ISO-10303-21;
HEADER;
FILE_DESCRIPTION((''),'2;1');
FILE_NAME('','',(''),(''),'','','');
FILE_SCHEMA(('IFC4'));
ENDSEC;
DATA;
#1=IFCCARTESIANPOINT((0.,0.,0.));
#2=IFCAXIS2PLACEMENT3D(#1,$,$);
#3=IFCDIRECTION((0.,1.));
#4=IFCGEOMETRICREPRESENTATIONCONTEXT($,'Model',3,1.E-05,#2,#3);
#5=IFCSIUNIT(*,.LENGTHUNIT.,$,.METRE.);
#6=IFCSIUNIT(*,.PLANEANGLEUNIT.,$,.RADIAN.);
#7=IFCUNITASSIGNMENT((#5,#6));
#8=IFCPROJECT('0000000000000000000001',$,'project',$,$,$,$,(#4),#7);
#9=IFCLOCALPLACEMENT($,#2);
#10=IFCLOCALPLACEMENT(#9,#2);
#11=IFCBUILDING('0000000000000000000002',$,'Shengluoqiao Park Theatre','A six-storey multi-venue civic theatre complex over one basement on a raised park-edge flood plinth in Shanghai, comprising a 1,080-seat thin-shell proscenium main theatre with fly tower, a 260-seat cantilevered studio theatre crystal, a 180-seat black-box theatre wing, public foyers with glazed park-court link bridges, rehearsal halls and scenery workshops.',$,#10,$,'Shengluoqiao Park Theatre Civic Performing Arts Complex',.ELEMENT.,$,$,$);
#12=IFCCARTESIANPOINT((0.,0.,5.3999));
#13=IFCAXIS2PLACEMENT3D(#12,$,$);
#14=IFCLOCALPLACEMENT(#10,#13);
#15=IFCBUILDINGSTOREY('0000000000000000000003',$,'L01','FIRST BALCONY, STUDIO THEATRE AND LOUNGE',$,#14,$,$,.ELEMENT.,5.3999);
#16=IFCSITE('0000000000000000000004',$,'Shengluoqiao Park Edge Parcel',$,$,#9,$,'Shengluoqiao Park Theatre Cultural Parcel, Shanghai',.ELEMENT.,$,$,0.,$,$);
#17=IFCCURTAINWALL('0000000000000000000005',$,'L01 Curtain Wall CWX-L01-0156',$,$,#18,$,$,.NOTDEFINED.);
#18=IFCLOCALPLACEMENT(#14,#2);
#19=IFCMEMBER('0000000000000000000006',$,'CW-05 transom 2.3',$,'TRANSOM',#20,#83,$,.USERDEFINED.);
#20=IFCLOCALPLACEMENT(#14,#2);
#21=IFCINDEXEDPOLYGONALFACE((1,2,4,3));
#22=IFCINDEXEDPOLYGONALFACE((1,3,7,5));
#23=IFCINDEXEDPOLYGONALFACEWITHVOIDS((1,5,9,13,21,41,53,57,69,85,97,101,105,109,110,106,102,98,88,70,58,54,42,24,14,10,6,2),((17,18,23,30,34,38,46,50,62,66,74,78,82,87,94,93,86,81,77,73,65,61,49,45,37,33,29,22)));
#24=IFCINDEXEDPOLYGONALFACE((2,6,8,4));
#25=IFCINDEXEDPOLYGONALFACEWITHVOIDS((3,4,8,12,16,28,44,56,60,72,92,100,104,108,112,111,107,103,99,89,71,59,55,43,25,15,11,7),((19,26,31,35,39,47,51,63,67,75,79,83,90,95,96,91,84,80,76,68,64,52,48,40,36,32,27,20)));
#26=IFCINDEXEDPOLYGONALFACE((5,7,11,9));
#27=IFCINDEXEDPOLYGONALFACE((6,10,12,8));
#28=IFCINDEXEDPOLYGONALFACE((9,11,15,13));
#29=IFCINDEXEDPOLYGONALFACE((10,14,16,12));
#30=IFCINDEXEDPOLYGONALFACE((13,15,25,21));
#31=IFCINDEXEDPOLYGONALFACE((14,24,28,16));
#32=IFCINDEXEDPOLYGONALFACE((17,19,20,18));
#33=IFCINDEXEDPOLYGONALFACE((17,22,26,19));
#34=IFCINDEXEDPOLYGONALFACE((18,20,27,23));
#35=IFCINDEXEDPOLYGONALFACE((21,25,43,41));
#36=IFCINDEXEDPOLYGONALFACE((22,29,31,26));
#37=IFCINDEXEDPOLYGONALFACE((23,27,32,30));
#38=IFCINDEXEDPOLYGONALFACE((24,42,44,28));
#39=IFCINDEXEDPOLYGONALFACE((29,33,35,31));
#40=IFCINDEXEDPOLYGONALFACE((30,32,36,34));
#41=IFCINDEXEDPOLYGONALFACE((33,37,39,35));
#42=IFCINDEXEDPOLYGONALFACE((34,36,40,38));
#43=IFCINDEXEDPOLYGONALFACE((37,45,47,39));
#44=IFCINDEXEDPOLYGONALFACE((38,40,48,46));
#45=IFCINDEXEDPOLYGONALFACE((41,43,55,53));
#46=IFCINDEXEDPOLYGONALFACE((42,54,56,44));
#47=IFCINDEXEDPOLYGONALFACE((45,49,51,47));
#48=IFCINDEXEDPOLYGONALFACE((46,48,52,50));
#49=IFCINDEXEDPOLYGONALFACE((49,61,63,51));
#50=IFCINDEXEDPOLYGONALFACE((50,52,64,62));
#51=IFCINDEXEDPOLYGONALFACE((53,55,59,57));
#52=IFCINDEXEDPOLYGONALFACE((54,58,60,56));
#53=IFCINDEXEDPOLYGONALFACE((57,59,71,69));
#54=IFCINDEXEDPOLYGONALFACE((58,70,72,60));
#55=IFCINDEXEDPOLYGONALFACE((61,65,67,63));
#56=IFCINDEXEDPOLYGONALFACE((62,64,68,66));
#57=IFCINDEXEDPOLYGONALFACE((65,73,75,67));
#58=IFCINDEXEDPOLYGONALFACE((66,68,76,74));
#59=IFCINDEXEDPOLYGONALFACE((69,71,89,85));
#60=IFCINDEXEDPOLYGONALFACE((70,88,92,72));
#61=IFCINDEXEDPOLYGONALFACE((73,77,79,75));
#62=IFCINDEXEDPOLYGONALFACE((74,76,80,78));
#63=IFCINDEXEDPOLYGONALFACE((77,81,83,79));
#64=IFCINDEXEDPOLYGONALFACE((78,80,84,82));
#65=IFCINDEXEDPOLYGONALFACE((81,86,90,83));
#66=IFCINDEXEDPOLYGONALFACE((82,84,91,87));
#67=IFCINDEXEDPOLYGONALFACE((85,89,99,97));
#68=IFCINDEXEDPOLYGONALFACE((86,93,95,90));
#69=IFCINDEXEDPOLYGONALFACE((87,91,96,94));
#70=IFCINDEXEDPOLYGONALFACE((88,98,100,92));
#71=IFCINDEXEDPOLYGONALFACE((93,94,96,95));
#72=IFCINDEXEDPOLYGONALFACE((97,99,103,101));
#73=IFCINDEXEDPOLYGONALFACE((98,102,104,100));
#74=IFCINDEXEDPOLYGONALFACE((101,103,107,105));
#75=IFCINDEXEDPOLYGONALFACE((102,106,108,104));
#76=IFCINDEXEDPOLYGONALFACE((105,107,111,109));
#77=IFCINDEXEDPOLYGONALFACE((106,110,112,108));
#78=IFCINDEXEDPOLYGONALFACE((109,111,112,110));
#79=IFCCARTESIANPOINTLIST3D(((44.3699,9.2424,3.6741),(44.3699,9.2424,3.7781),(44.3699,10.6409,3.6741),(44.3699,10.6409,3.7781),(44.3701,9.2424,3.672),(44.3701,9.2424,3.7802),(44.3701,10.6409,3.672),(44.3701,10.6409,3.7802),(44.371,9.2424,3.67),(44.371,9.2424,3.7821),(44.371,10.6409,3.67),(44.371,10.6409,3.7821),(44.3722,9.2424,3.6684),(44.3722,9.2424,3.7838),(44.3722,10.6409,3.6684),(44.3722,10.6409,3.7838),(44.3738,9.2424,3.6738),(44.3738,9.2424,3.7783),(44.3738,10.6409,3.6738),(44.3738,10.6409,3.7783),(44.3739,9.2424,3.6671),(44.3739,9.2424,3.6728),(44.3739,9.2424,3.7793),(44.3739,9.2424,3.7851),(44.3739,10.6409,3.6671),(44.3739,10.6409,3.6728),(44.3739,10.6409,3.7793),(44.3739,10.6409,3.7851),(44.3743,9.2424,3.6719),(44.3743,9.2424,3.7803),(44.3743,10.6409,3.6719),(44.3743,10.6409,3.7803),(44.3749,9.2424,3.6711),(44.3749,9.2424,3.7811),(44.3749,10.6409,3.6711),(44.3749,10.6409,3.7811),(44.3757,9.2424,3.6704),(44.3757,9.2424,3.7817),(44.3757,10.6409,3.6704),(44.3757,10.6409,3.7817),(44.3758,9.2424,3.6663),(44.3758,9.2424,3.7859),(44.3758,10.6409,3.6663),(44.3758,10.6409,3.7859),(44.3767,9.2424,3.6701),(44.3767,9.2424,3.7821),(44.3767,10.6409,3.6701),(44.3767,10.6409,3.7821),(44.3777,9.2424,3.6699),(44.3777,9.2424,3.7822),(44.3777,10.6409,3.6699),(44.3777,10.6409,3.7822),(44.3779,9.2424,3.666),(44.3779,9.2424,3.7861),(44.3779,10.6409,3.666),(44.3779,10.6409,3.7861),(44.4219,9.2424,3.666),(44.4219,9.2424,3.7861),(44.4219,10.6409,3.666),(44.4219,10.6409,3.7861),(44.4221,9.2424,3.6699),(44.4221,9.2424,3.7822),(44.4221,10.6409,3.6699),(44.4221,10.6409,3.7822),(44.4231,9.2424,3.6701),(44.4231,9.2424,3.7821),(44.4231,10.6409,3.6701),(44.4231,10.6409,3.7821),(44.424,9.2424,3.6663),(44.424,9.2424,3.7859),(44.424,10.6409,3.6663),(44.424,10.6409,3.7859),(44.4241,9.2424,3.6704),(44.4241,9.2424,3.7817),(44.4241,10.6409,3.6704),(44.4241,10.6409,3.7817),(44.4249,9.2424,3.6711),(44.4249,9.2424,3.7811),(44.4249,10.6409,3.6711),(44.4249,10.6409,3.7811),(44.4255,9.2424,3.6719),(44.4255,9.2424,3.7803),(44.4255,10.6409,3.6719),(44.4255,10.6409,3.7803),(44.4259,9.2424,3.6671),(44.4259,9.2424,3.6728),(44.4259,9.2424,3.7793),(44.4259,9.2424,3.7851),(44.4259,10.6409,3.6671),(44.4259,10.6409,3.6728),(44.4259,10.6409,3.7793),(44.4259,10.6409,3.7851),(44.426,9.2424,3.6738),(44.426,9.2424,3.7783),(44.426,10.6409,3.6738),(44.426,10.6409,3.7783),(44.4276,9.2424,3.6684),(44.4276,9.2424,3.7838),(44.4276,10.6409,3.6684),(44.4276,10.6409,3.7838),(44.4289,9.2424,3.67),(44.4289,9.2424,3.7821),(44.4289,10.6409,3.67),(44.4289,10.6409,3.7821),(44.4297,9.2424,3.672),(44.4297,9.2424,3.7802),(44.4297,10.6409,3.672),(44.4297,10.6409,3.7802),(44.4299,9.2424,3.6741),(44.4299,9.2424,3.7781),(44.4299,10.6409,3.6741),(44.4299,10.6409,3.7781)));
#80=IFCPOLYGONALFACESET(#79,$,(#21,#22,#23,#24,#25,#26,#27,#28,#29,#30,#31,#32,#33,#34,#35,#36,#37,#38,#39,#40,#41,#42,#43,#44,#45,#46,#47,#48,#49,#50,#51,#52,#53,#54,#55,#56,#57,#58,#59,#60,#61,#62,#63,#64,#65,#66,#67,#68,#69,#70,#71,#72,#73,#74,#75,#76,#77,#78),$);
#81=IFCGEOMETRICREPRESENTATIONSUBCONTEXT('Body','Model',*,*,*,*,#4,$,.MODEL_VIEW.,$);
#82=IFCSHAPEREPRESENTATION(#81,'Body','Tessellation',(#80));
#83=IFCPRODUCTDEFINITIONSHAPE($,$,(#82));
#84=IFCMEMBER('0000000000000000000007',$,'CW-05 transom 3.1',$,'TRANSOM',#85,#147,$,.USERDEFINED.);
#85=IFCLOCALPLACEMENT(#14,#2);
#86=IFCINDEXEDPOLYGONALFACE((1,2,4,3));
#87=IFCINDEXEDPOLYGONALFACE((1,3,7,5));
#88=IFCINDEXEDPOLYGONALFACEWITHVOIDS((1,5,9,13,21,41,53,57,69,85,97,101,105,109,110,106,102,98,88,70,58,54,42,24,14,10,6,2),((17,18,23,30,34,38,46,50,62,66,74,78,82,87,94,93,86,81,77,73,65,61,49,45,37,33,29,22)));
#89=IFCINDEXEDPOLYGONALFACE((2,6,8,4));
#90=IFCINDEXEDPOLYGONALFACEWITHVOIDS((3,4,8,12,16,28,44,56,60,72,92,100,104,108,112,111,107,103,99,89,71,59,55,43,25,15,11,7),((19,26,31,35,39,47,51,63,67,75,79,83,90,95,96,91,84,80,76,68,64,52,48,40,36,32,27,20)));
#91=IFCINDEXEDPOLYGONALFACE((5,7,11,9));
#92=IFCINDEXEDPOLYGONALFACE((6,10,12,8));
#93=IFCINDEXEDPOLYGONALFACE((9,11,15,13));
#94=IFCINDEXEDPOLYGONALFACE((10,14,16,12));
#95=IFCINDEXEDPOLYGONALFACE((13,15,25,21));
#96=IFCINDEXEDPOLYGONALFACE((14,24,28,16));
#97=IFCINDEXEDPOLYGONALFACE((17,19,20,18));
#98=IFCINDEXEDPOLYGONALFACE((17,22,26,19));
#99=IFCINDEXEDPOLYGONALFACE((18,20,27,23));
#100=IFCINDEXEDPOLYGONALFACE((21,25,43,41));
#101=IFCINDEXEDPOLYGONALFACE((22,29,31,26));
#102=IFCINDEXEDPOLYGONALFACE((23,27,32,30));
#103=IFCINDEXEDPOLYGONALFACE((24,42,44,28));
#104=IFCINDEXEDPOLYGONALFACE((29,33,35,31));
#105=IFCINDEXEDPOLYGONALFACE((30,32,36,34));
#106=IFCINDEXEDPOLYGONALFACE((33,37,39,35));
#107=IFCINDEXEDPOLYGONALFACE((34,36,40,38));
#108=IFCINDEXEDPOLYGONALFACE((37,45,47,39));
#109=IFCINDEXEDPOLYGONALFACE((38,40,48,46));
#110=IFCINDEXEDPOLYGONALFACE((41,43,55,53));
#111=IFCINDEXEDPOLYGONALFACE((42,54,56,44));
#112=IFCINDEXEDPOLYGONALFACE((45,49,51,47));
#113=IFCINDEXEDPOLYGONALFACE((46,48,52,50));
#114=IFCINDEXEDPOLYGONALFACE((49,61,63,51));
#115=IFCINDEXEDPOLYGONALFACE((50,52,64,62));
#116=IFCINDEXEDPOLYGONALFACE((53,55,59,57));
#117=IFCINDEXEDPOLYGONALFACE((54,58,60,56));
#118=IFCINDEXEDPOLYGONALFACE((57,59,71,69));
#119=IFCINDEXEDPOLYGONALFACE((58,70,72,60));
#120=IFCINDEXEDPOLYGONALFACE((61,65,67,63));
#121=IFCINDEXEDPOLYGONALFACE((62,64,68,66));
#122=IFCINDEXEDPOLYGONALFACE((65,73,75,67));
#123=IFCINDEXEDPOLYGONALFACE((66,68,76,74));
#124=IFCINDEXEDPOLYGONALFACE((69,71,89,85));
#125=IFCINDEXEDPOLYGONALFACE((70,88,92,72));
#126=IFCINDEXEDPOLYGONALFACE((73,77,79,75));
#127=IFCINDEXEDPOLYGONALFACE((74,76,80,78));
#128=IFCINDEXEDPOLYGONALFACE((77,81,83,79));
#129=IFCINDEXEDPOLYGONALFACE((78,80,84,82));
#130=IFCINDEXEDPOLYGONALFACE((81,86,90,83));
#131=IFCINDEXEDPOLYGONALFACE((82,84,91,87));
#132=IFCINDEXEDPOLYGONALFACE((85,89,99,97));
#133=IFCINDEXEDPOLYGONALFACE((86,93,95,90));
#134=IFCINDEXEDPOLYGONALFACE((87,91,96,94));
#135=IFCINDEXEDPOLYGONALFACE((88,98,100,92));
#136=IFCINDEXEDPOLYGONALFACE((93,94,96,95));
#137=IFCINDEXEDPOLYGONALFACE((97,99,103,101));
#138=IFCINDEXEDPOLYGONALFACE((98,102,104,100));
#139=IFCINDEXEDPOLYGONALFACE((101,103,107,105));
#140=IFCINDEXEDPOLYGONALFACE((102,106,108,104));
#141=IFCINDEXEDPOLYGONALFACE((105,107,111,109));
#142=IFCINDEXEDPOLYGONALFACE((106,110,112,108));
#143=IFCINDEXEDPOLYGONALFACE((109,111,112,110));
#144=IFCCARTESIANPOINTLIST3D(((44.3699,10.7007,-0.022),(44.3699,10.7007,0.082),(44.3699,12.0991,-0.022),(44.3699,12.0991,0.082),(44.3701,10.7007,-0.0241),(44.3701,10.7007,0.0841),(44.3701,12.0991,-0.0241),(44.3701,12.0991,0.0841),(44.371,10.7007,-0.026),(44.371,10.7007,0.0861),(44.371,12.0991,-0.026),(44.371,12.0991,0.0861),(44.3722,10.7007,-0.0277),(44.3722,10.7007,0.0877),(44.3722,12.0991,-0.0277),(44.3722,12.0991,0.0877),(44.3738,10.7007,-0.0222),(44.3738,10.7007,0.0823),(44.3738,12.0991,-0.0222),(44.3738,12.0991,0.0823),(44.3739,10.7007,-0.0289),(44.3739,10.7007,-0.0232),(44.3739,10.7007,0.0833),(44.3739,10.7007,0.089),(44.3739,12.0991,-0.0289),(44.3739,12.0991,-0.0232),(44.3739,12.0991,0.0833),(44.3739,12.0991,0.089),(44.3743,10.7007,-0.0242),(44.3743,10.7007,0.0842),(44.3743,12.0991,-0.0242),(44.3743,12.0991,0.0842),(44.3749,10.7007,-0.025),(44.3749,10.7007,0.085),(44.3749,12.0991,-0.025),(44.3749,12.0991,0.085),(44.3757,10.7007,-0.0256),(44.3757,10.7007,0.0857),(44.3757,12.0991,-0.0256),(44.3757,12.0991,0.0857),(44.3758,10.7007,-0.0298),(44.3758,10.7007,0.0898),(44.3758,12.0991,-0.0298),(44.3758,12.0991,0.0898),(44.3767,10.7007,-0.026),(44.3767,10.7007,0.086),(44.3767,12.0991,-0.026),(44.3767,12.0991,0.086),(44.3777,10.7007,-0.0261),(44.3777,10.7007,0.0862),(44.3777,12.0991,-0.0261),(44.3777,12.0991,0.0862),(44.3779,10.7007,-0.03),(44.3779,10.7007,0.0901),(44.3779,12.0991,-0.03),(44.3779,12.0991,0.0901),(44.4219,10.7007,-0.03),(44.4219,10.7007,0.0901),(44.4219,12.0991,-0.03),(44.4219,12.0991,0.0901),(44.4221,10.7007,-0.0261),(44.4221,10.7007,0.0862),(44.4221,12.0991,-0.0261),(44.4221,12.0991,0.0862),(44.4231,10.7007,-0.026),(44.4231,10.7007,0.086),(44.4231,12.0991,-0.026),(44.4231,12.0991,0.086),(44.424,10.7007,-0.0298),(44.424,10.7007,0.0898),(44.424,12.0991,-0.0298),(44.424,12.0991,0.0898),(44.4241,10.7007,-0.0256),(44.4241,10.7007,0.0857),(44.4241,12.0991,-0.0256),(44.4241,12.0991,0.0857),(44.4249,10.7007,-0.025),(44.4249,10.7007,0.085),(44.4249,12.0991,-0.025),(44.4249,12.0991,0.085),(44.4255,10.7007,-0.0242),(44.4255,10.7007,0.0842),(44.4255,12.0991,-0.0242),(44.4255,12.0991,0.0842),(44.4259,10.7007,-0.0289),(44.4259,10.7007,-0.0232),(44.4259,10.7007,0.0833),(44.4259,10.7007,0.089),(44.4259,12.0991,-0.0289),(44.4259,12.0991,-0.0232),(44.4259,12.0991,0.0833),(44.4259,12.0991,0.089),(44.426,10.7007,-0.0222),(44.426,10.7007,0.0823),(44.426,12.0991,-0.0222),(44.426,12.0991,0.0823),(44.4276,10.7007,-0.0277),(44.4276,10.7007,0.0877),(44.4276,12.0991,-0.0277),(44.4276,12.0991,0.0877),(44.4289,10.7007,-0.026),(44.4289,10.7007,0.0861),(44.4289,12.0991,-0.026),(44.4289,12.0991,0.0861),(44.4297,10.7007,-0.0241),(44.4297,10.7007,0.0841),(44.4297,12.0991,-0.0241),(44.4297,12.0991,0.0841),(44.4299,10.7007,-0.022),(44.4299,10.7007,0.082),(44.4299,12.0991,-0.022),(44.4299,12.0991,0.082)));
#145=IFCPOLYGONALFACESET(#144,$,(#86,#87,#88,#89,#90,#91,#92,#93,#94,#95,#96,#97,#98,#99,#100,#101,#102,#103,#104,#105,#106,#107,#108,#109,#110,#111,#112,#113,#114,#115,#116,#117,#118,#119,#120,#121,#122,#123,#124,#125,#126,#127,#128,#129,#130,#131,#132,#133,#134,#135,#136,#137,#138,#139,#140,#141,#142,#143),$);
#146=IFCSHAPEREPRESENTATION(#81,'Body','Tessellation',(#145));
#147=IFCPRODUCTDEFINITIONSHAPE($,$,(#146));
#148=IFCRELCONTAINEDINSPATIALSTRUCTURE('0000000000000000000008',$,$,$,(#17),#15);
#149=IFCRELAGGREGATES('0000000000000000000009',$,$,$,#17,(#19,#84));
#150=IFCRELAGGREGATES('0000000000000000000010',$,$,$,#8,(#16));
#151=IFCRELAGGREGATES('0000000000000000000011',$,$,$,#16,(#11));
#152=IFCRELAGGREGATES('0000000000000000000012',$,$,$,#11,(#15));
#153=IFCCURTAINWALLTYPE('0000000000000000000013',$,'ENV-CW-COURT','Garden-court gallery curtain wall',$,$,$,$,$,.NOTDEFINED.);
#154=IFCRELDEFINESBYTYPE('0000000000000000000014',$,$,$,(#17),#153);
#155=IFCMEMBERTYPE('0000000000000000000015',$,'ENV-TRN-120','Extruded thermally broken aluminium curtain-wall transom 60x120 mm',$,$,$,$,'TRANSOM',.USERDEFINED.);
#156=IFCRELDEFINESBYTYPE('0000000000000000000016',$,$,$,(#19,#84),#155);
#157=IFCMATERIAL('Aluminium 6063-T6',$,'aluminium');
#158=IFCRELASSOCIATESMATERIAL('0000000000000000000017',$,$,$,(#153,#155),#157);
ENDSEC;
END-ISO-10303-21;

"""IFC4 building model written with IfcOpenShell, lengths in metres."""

from ifc_helpers import new_model, si_unit, direction, frame, origin, origin_2d, place, context, subcontext, project, spatial, hollow_rectangle, extrude, material, material_profile, profile_set, type_object, element, aggregate, save


model = new_model("IFC4")

# Units and contexts
model_context = context("Model", 3, precision=1e-05, world=origin(), true_north=direction((0.0, 1.0)))
body_context = subcontext(model_context, "Body", "Model", "MODEL_VIEW")
ifc_project = project(units=[si_unit("LENGTHUNIT", "METRE"), si_unit("PLANEANGLEUNIT", "RADIAN")], contexts=[model_context])

# Site, building, storey
site_placement = place(None, origin())
site = spatial("IfcSite", under=ifc_project, at=site_placement, Name="Shengluoqiao Park Edge Parcel", LongName="Shengluoqiao Park Theatre Cultural Parcel, Shanghai", CompositionType="ELEMENT", RefElevation=0.0)
building_placement = place(site_placement, origin())
building = spatial("IfcBuilding", under=site, at=building_placement, Name="Shengluoqiao Park Theatre", Description="A six-storey multi-venue civic theatre complex over one basement on a raised park-edge flood plinth in Shanghai, comprising a 1,080-seat thin-shell proscenium main theatre with fly tower, a 260-seat cantilevered studio theatre crystal, a 180-seat black-box theatre wing, public foyers with glazed park-court link bridges, rehearsal halls and scenery workshops.", LongName="Shengluoqiao Park Theatre Civic Performing Arts Complex", CompositionType="ELEMENT")
storey_placement = place(building_placement, frame((0.0, 0.0, 5.3999)))
storey = spatial("IfcBuildingStorey", under=building, at=storey_placement, Name="L01", Description="FIRST BALCONY, STUDIO THEATRE AND LOUNGE", CompositionType="ELEMENT", Elevation=5.3999)

# Curtain wall, members
ifc_material_1 = material(Name="Aluminium 6063-T6", Category="aluminium")
curtain_wall_type = type_object("IfcCurtainWallType", Name="ENV-CW-COURT", Description="Garden-court gallery curtain wall", PredefinedType="NOTDEFINED", material=ifc_material_1)
curtain_wall_placement = place(storey_placement, origin())
curtain_wall = element("IfcCurtainWall", 1, at=curtain_wall_placement, inside=storey, type_object=curtain_wall_type, Name="L01 Curtain Wall CWX-L01-0156", PredefinedType="NOTDEFINED")
ifc_material_profile_1 = material_profile(ifc_material_1, hollow_rectangle(XDim=0.0601, YDim=0.1201, WallThickness=0.0039, InnerFilletRadius=0.0039, OuterFilletRadius=0.0081, at=origin_2d()), Name="ALU TRANSOM 120x60x4")
ifc_profile_set_1 = profile_set([ifc_material_profile_1], Name="Aluminium 6063-T6")
member_type_1 = type_object("IfcMemberType", Name="ENV-TRN-120", Description="Extruded thermally broken aluminium curtain-wall transom 60x120 mm", ElementType="TRANSOM", PredefinedType="USERDEFINED", material=ifc_profile_set_1)
member_1_placement = place(storey_placement, frame((44.3999, 9.2424, 3.7261), z_axis=(0.0, 1.0, 0.0), x_axis=(-1.0, 0.0, 0.0)))
member_1 = element("IfcMember", 2, at=member_1_placement, type_object=member_type_1, Name="CW-05 transom 2.3", ObjectType="TRANSOM", PredefinedType="USERDEFINED", context=body_context, shape_type="SweptSolid", body=[
    extrude(hollow_rectangle(XDim=0.0601, YDim=0.1201, WallThickness=0.0039, InnerFilletRadius=0.0039, OuterFilletRadius=0.0081, at=origin_2d()), origin(), (0.0, 0.0, 1.0), 1.3984),
])
member_2_placement = place(storey_placement, frame((44.3999, 10.7007, 0.03), z_axis=(0.0, 1.0, 0.0), x_axis=(-1.0, 0.0, 0.0)))
member_2 = element("IfcMember", 3, at=member_2_placement, type_object=member_type_1, Name="CW-05 transom 3.1", ObjectType="TRANSOM", PredefinedType="USERDEFINED", context=body_context, shape_type="SweptSolid", body=[
    extrude(hollow_rectangle(XDim=0.0601, YDim=0.1201, WallThickness=0.0039, InnerFilletRadius=0.0039, OuterFilletRadius=0.0081, at=origin_2d()), origin(), (0.0, 0.0, 1.0), 1.3984),
])

aggregate(curtain_wall, [member_1, member_2])

save(model, "model.ifc")
